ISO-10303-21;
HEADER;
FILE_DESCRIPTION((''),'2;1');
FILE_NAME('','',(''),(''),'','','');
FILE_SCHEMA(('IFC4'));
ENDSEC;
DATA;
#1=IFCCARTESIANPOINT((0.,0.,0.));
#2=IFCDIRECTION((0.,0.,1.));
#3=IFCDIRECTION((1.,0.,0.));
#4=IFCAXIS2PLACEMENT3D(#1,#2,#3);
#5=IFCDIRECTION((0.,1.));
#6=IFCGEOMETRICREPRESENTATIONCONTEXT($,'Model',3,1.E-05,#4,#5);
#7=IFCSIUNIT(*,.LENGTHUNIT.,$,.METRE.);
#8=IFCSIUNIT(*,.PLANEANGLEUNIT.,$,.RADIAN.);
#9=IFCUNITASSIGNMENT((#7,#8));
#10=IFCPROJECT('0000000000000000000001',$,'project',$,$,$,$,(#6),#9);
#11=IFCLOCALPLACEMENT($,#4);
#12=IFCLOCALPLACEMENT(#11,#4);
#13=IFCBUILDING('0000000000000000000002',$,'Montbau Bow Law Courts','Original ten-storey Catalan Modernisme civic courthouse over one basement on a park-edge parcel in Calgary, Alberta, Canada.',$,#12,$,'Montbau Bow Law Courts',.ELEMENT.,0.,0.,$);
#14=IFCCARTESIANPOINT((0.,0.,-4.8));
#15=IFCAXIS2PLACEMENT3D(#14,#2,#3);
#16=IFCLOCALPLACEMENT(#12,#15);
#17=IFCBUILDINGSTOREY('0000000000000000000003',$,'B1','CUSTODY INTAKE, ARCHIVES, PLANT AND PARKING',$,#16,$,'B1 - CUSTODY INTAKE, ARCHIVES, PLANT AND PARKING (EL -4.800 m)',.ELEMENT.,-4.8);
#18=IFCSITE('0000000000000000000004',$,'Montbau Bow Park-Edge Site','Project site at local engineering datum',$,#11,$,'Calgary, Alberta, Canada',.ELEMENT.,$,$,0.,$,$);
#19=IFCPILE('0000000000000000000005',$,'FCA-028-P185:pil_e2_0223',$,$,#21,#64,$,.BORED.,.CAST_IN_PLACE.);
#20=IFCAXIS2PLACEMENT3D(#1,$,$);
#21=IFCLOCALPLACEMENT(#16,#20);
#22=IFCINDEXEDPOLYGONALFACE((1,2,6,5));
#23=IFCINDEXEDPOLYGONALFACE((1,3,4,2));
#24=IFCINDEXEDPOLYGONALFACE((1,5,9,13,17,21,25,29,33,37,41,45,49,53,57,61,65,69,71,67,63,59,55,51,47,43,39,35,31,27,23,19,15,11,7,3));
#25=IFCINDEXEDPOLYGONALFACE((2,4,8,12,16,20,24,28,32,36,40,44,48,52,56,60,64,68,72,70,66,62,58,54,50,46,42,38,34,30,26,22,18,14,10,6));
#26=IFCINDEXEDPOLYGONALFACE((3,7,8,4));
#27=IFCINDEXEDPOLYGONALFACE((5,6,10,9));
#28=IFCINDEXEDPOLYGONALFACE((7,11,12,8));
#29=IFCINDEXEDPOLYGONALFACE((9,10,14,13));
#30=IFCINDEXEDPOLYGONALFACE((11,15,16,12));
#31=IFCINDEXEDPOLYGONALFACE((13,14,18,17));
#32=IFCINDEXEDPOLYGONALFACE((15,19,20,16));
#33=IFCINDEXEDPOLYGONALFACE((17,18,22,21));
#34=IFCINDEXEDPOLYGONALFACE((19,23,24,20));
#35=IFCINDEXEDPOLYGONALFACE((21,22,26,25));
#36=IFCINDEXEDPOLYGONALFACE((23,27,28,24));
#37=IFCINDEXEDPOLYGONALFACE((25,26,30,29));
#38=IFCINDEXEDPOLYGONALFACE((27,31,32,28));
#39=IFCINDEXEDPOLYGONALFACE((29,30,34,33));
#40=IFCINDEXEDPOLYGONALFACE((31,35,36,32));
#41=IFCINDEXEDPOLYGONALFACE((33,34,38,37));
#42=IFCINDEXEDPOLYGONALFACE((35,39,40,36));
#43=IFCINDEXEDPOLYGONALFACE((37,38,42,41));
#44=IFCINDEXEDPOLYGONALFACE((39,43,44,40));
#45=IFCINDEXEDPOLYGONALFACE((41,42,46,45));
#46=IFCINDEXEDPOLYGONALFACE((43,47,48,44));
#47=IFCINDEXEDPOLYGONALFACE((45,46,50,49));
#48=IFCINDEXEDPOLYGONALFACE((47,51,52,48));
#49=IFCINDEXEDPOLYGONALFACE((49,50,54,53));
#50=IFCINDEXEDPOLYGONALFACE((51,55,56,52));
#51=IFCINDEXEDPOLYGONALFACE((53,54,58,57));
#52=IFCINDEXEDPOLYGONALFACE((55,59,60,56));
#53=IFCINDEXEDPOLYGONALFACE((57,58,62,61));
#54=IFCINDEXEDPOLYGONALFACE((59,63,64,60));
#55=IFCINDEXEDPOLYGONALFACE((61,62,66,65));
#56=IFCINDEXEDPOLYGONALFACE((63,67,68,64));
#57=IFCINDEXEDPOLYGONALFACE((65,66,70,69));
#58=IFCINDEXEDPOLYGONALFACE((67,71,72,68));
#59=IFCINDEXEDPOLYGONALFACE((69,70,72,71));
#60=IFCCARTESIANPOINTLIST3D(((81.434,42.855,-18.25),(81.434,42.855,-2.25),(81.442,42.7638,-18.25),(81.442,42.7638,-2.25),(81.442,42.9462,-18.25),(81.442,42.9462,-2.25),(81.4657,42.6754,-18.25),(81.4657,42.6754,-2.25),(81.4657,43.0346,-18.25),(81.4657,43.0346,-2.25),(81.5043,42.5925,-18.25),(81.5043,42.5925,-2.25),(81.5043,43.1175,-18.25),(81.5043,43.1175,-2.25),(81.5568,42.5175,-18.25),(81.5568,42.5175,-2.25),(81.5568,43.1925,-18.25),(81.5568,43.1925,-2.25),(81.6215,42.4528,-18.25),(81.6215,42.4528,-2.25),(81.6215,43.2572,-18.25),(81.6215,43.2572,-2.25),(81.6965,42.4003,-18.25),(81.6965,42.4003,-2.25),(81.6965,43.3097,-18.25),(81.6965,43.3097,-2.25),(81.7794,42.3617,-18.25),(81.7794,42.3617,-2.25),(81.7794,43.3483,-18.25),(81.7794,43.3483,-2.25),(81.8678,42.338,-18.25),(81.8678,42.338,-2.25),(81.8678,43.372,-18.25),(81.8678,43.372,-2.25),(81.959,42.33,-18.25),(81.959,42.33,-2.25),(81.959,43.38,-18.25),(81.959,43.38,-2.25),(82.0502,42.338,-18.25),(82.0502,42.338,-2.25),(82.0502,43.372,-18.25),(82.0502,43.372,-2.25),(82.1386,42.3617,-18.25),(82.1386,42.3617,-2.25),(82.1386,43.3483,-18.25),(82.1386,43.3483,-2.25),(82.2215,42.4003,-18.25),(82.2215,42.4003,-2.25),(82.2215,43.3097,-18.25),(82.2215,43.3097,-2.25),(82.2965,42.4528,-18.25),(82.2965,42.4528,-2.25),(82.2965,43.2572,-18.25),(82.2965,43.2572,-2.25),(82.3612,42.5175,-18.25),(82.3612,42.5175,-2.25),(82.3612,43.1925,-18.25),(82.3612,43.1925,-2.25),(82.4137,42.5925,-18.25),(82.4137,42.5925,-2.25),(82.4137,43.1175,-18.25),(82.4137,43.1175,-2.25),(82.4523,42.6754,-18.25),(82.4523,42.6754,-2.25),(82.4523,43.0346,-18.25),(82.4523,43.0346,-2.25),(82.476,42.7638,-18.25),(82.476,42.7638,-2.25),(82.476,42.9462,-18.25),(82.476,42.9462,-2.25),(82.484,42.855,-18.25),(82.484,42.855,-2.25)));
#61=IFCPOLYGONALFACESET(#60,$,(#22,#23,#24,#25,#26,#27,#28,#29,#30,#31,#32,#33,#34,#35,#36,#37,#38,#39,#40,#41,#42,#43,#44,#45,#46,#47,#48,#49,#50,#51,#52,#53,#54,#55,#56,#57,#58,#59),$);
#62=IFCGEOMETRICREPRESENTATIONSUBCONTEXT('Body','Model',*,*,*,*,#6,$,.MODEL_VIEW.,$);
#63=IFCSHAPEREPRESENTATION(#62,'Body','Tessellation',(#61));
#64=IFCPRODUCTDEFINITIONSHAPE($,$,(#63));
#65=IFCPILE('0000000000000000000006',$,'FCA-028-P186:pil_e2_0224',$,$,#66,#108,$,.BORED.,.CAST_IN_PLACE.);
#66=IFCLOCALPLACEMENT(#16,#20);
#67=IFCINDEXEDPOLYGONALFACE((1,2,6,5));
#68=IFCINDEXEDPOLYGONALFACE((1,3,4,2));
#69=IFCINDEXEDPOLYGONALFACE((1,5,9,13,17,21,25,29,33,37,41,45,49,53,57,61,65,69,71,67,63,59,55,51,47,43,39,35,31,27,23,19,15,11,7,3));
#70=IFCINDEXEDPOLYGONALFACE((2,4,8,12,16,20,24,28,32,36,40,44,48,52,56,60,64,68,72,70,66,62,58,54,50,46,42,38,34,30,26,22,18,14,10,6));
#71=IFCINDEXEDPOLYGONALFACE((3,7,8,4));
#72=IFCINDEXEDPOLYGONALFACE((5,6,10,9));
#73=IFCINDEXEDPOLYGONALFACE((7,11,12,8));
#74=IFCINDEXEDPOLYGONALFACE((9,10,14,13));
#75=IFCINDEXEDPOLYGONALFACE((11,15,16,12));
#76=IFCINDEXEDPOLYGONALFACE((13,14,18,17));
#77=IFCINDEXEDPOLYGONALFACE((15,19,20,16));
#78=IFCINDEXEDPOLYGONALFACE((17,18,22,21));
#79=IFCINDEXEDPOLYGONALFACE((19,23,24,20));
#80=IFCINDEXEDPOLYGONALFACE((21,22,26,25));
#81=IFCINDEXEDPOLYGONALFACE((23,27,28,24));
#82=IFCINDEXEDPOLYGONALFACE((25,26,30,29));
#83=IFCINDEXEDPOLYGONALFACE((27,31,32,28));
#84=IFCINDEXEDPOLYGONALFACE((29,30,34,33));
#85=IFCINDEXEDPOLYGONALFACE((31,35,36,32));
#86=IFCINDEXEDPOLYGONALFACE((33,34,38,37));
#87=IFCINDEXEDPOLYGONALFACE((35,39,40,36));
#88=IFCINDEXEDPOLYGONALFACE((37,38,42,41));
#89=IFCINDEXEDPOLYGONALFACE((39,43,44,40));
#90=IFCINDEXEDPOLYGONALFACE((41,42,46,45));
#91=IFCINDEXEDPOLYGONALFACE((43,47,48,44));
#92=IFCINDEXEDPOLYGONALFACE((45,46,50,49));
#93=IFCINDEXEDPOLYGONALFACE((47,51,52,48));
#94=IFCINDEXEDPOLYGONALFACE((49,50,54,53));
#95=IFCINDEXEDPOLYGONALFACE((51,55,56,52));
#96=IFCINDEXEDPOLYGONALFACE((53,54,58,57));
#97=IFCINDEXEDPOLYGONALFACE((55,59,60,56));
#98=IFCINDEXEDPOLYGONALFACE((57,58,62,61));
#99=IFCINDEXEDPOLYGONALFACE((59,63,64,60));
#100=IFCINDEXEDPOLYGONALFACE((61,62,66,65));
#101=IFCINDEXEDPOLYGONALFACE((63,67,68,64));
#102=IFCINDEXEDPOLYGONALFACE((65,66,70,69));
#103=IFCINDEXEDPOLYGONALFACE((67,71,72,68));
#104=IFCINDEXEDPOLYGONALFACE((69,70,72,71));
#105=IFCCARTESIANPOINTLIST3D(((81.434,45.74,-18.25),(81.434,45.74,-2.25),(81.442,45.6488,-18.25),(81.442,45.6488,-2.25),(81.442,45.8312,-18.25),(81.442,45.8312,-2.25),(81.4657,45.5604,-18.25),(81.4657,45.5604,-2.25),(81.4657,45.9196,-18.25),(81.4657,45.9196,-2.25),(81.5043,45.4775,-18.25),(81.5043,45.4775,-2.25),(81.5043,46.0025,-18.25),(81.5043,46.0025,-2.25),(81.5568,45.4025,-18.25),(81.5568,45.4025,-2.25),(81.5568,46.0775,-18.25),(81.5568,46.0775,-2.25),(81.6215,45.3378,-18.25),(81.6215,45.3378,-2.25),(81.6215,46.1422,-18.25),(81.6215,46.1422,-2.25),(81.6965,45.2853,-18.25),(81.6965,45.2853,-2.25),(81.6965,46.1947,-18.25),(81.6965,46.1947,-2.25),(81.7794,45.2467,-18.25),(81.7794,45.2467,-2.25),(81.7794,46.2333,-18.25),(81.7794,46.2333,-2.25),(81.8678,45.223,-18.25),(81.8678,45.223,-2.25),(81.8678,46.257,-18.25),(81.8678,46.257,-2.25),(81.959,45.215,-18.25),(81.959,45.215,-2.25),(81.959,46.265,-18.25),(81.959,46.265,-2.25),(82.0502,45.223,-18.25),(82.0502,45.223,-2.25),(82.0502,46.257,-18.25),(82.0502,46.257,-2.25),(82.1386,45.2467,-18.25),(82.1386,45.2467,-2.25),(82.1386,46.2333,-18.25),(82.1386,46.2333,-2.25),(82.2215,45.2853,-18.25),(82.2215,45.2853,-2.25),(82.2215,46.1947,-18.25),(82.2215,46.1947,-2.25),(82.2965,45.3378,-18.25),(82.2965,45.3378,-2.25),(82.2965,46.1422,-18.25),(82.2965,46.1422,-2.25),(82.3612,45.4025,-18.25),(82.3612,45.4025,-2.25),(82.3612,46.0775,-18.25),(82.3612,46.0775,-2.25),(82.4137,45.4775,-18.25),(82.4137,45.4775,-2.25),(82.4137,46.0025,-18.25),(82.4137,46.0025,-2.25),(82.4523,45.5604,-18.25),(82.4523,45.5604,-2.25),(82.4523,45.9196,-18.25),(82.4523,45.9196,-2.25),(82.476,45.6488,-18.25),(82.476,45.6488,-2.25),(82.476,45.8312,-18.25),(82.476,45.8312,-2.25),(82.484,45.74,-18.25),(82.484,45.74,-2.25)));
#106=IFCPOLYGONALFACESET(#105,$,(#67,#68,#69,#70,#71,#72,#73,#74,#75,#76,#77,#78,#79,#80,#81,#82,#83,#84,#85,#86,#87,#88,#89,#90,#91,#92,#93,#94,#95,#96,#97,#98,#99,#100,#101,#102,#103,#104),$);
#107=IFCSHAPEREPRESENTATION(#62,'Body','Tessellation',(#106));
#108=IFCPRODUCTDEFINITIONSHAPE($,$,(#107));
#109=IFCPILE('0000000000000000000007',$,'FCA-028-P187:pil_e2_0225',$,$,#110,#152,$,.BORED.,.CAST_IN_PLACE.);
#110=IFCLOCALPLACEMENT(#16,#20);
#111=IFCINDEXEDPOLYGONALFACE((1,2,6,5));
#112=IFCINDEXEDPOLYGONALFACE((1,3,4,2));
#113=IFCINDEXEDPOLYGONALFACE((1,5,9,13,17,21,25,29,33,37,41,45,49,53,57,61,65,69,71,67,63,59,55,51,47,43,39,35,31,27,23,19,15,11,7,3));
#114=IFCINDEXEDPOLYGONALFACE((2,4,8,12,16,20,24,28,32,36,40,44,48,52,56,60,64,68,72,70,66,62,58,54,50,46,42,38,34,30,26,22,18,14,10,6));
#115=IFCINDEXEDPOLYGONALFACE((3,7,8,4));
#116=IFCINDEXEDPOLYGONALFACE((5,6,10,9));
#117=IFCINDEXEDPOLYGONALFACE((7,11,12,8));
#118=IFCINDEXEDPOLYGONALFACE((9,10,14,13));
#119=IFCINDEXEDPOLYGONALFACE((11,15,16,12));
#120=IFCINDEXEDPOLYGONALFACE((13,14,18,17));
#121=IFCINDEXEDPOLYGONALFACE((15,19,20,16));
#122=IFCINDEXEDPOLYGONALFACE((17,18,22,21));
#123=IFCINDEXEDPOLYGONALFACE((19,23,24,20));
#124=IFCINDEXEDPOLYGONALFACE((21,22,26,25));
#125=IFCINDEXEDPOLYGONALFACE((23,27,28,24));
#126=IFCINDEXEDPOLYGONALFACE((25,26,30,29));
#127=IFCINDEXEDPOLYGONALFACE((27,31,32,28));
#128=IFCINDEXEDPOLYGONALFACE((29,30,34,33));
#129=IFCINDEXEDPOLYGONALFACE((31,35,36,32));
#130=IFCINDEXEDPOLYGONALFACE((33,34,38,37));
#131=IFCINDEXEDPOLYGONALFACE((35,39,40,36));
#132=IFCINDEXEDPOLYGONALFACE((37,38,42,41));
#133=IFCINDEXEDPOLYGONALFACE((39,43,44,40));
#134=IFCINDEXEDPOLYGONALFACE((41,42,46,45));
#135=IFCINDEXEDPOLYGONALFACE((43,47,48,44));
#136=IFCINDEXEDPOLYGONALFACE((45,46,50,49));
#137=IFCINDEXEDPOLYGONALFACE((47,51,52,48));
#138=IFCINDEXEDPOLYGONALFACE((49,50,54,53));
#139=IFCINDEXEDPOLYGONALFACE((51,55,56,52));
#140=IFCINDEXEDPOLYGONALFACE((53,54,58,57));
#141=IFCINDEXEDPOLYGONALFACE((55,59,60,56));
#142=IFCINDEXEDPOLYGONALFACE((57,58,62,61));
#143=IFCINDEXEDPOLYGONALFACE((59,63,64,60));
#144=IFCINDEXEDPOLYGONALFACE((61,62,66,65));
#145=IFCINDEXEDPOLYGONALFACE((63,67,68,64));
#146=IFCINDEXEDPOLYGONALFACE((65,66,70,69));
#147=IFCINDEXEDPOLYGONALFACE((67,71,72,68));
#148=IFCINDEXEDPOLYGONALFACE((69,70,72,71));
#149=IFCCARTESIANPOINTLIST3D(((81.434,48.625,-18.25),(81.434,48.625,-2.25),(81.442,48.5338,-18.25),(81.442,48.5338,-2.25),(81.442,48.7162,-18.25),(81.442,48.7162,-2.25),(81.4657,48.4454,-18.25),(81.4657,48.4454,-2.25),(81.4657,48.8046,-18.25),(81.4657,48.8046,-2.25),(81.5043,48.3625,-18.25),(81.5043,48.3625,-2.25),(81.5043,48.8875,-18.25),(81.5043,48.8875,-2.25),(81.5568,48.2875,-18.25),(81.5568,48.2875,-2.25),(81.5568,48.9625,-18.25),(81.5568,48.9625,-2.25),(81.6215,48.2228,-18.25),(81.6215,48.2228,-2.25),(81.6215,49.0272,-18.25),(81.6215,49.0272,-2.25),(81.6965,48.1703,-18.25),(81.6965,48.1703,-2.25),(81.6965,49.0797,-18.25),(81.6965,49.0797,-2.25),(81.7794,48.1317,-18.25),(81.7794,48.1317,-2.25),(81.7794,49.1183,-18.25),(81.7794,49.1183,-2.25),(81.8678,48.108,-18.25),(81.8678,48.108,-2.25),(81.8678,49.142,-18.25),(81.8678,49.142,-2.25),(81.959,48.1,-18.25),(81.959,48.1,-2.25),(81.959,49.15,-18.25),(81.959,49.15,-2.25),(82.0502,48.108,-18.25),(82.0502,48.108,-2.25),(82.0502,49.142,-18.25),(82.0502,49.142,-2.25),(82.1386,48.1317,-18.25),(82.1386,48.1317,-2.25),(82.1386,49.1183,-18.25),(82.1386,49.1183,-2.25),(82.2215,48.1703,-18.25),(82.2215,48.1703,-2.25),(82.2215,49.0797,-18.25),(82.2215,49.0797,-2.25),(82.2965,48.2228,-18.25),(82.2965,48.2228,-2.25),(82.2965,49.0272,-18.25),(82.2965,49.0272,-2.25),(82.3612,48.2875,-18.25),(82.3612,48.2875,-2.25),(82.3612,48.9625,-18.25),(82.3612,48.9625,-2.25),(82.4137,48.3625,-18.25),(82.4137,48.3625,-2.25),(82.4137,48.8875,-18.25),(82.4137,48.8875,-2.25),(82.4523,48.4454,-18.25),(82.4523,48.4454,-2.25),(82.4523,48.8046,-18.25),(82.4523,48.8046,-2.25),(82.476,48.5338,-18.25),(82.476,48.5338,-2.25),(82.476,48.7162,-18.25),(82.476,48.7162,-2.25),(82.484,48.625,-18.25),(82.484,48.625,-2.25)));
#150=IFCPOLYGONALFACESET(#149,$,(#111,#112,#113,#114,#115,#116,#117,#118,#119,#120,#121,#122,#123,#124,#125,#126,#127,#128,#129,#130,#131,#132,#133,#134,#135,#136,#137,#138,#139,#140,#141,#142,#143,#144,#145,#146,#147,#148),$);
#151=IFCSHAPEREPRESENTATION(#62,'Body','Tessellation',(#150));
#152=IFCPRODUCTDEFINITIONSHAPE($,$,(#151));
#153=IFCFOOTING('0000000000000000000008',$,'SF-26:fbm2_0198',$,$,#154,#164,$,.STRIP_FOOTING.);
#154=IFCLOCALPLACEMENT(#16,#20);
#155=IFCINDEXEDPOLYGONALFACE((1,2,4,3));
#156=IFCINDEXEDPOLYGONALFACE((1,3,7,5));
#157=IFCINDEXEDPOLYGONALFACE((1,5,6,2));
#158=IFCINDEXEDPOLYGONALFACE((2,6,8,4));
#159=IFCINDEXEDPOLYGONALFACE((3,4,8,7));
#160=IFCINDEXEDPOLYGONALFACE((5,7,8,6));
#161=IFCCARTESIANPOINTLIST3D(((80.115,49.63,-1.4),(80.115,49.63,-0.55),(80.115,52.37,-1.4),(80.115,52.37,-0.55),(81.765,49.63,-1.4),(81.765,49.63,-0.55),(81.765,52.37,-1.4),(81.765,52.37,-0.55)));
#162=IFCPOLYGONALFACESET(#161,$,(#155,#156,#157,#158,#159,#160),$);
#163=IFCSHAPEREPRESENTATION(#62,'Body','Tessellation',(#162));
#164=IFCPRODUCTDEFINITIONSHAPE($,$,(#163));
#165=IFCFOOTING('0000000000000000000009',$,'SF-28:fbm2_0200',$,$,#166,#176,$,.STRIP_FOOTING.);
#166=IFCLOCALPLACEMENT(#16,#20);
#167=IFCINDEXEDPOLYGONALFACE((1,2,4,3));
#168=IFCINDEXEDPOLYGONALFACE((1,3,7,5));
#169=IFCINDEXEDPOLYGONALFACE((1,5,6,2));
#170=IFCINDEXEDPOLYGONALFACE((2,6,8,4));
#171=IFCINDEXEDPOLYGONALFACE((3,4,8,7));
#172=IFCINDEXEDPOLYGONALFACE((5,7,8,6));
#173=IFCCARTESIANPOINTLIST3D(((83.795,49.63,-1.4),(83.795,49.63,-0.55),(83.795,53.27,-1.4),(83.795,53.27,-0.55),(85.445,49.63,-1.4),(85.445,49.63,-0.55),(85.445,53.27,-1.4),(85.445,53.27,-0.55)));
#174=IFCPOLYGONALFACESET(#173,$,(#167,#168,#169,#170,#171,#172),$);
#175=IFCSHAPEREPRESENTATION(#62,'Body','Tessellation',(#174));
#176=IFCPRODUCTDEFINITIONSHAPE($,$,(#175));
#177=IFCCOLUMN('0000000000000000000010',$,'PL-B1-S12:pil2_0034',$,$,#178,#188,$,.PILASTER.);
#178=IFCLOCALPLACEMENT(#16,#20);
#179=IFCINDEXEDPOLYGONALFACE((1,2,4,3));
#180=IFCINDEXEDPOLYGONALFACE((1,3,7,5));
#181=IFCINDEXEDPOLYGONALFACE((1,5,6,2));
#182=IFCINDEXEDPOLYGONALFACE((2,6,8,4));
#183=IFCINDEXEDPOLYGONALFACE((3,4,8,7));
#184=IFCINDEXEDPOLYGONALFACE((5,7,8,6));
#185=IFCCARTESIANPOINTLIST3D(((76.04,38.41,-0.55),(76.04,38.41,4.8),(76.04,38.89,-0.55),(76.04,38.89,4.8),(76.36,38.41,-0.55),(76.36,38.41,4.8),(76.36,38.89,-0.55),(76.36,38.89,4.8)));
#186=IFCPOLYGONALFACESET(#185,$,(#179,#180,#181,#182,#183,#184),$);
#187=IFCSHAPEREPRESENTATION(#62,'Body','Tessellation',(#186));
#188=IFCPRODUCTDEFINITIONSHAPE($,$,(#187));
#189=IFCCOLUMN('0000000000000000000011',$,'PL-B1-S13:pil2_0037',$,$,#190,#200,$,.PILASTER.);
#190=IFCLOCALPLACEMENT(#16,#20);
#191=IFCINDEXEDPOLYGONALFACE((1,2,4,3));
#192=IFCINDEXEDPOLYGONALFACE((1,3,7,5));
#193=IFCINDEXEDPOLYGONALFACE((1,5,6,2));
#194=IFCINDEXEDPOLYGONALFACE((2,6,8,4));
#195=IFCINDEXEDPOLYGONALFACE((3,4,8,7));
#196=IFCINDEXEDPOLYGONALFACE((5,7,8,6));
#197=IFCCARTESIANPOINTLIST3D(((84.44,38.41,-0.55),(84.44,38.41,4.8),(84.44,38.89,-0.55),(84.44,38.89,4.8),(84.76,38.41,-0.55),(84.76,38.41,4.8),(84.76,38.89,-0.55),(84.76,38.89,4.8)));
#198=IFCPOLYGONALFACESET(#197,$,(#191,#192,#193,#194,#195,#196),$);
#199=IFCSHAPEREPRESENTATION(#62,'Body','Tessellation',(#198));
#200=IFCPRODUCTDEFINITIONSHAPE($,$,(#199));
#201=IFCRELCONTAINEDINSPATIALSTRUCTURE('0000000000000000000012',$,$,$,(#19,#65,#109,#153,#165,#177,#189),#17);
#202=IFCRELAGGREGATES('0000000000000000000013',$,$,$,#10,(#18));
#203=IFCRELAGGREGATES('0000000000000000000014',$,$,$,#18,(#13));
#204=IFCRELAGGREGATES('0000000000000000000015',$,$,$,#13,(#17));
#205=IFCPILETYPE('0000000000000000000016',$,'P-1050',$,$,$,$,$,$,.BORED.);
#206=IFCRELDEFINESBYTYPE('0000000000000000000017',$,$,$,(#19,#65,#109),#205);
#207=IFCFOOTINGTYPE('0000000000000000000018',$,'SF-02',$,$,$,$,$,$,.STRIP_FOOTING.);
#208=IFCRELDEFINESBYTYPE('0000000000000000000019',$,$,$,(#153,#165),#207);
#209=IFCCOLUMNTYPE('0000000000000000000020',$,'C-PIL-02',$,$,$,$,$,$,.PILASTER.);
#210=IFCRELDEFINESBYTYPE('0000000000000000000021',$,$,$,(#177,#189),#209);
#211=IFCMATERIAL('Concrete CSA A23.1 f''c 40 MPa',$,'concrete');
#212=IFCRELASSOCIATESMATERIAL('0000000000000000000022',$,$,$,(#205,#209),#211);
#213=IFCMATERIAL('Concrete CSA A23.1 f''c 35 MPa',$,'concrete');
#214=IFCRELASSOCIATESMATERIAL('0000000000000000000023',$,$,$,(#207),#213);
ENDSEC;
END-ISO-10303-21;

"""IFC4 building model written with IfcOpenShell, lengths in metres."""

from ifc_helpers import new_model, si_unit, direction, frame, origin_with_axes, origin_2d_with_axis, place, context, subcontext, project, spatial, rectangle, circle, extrude, material, material_profile, profile_set, type_object, element, save


model = new_model("IFC4")

# Units and contexts
model_context = context("Model", 3, precision=1e-05, world=origin_with_axes(), true_north=direction((0.0, 1.0)))
body_context = subcontext(model_context, "Body", "Model", "MODEL_VIEW")
ifc_project = project(units=[si_unit("LENGTHUNIT", "METRE"), si_unit("PLANEANGLEUNIT", "RADIAN")], contexts=[model_context])

# Site, building, storey
site_placement = place(None, origin_with_axes())
site = spatial("IfcSite", under=ifc_project, at=site_placement, Name="Montbau Bow Park-Edge Site", Description="Project site at local engineering datum", LongName="Calgary, Alberta, Canada", CompositionType="ELEMENT", RefElevation=0.0)
building_placement = place(site_placement, origin_with_axes())
building = spatial("IfcBuilding", under=site, at=building_placement, Name="Montbau Bow Law Courts", Description="Original ten-storey Catalan Modernisme civic courthouse over one basement on a park-edge parcel in Calgary, Alberta, Canada.", LongName="Montbau Bow Law Courts", CompositionType="ELEMENT", ElevationOfRefHeight=0.0, ElevationOfTerrain=0.0)
storey_placement = place(building_placement, frame((0.0, 0.0, -4.8), z_axis=(0.0, 0.0, 1.0), x_axis=(1.0, 0.0, 0.0)))
storey = spatial("IfcBuildingStorey", under=building, at=storey_placement, Name="B1", Description="CUSTODY INTAKE, ARCHIVES, PLANT AND PARKING", LongName="B1 - CUSTODY INTAKE, ARCHIVES, PLANT AND PARKING (EL -4.800 m)", CompositionType="ELEMENT", Elevation=-4.8)

# Piles
ifc_material_1 = material(Name="Concrete CSA A23.1 f'c 40 MPa", Category="concrete")
ifc_material_profile_1 = material_profile(ifc_material_1, circle(Radius=0.525, at=origin_2d_with_axis()), Name="BP1050", Category="Main", Priority=0)
ifc_profile_set_1 = profile_set([ifc_material_profile_1], Name="Concrete CSA A23.1 f'c 40 MPa")
pile_type = type_object("IfcPileType", Name="P-1050", PredefinedType="BORED", material=ifc_profile_set_1)
for number, where, z_axis, x_axis, name in (
    (1, (81.959, 42.855, -23.05), (0.0, 0.0, 1.0), (1.0, 0.0, 0.0), "FCA-028-P185:pil_e2_0223"),
    (2, (81.959, 45.74, -23.05), (0.0, 0.0, 1.0), (1.0, 0.0, 0.0), "FCA-028-P186:pil_e2_0224"),
    (3, (81.959, 48.625, -23.05), (0.0, 0.0, 1.0), (1.0, 0.0, 0.0), "FCA-028-P187:pil_e2_0225"),
):
    element("IfcPile", number, at=place(None, frame(where, z_axis=z_axis, x_axis=x_axis)), inside=storey, type_object=pile_type, Name=name, ConstructionType="CAST_IN_PLACE", PredefinedType="BORED", context=body_context, shape_type="SweptSolid", body=[
        extrude(circle(Radius=0.525, at=origin_2d_with_axis()), origin_with_axes(), (0.0, 0.0, 1.0), 16.0),
    ])

# Footings
ifc_material_2 = material(Name="Concrete CSA A23.1 f'c 35 MPa", Category="concrete")
footing_type = type_object("IfcFootingType", Name="SF-02", PredefinedType="STRIP_FOOTING", material=ifc_material_2)
footing_1_placement = place(None, frame((80.94, 51.0, -6.2), z_axis=(0.0, 0.0, 1.0), x_axis=(0.0, 1.0, 0.0)))
element("IfcFooting", 4, at=footing_1_placement, inside=storey, type_object=footing_type, Name="SF-26:fbm2_0198", PredefinedType="STRIP_FOOTING", context=body_context, shape_type="SweptSolid", body=[
    extrude(rectangle(XDim=2.74, YDim=1.65, at=origin_2d_with_axis()), origin_with_axes(), (0.0, 0.0, 1.0), 0.85),
])
footing_2_placement = place(None, frame((84.62, 51.45, -6.2), z_axis=(0.0, 0.0, 1.0), x_axis=(0.0, 1.0, 0.0)))
element("IfcFooting", 5, at=footing_2_placement, inside=storey, type_object=footing_type, Name="SF-28:fbm2_0200", PredefinedType="STRIP_FOOTING", context=body_context, shape_type="SweptSolid", body=[
    extrude(rectangle(XDim=3.64, YDim=1.65, at=origin_2d_with_axis()), origin_with_axes(), (0.0, 0.0, 1.0), 0.85),
])

# Columns
ifc_material_profile_2 = material_profile(ifc_material_1, rectangle(XDim=0.32, YDim=0.48, at=origin_2d_with_axis()), Name="RC480X320", Category="Main", Priority=0)
ifc_profile_set_2 = profile_set([ifc_material_profile_2], Name="Concrete CSA A23.1 f'c 40 MPa")
column_type_1 = type_object("IfcColumnType", Name="C-PIL-02", PredefinedType="PILASTER", material=ifc_profile_set_2)
for number, where, z_axis, x_axis, name in (
    (6, (76.2, 38.65, -5.35), (0.0, 0.0, 1.0), (1.0, 0.0, 0.0), "PL-B1-S12:pil2_0034"),
    (7, (84.6, 38.65, -5.35), (0.0, 0.0, 1.0), (1.0, 0.0, 0.0), "PL-B1-S13:pil2_0037"),
):
    element("IfcColumn", number, at=place(None, frame(where, z_axis=z_axis, x_axis=x_axis)), inside=storey, type_object=column_type_1, Name=name, PredefinedType="PILASTER", context=body_context, shape_type="SweptSolid", body=[
        extrude(rectangle(XDim=0.32, YDim=0.48, at=origin_2d_with_axis()), origin_with_axes(), (0.0, 0.0, 1.0), 5.35),
    ])

save(model, "model.ifc")
